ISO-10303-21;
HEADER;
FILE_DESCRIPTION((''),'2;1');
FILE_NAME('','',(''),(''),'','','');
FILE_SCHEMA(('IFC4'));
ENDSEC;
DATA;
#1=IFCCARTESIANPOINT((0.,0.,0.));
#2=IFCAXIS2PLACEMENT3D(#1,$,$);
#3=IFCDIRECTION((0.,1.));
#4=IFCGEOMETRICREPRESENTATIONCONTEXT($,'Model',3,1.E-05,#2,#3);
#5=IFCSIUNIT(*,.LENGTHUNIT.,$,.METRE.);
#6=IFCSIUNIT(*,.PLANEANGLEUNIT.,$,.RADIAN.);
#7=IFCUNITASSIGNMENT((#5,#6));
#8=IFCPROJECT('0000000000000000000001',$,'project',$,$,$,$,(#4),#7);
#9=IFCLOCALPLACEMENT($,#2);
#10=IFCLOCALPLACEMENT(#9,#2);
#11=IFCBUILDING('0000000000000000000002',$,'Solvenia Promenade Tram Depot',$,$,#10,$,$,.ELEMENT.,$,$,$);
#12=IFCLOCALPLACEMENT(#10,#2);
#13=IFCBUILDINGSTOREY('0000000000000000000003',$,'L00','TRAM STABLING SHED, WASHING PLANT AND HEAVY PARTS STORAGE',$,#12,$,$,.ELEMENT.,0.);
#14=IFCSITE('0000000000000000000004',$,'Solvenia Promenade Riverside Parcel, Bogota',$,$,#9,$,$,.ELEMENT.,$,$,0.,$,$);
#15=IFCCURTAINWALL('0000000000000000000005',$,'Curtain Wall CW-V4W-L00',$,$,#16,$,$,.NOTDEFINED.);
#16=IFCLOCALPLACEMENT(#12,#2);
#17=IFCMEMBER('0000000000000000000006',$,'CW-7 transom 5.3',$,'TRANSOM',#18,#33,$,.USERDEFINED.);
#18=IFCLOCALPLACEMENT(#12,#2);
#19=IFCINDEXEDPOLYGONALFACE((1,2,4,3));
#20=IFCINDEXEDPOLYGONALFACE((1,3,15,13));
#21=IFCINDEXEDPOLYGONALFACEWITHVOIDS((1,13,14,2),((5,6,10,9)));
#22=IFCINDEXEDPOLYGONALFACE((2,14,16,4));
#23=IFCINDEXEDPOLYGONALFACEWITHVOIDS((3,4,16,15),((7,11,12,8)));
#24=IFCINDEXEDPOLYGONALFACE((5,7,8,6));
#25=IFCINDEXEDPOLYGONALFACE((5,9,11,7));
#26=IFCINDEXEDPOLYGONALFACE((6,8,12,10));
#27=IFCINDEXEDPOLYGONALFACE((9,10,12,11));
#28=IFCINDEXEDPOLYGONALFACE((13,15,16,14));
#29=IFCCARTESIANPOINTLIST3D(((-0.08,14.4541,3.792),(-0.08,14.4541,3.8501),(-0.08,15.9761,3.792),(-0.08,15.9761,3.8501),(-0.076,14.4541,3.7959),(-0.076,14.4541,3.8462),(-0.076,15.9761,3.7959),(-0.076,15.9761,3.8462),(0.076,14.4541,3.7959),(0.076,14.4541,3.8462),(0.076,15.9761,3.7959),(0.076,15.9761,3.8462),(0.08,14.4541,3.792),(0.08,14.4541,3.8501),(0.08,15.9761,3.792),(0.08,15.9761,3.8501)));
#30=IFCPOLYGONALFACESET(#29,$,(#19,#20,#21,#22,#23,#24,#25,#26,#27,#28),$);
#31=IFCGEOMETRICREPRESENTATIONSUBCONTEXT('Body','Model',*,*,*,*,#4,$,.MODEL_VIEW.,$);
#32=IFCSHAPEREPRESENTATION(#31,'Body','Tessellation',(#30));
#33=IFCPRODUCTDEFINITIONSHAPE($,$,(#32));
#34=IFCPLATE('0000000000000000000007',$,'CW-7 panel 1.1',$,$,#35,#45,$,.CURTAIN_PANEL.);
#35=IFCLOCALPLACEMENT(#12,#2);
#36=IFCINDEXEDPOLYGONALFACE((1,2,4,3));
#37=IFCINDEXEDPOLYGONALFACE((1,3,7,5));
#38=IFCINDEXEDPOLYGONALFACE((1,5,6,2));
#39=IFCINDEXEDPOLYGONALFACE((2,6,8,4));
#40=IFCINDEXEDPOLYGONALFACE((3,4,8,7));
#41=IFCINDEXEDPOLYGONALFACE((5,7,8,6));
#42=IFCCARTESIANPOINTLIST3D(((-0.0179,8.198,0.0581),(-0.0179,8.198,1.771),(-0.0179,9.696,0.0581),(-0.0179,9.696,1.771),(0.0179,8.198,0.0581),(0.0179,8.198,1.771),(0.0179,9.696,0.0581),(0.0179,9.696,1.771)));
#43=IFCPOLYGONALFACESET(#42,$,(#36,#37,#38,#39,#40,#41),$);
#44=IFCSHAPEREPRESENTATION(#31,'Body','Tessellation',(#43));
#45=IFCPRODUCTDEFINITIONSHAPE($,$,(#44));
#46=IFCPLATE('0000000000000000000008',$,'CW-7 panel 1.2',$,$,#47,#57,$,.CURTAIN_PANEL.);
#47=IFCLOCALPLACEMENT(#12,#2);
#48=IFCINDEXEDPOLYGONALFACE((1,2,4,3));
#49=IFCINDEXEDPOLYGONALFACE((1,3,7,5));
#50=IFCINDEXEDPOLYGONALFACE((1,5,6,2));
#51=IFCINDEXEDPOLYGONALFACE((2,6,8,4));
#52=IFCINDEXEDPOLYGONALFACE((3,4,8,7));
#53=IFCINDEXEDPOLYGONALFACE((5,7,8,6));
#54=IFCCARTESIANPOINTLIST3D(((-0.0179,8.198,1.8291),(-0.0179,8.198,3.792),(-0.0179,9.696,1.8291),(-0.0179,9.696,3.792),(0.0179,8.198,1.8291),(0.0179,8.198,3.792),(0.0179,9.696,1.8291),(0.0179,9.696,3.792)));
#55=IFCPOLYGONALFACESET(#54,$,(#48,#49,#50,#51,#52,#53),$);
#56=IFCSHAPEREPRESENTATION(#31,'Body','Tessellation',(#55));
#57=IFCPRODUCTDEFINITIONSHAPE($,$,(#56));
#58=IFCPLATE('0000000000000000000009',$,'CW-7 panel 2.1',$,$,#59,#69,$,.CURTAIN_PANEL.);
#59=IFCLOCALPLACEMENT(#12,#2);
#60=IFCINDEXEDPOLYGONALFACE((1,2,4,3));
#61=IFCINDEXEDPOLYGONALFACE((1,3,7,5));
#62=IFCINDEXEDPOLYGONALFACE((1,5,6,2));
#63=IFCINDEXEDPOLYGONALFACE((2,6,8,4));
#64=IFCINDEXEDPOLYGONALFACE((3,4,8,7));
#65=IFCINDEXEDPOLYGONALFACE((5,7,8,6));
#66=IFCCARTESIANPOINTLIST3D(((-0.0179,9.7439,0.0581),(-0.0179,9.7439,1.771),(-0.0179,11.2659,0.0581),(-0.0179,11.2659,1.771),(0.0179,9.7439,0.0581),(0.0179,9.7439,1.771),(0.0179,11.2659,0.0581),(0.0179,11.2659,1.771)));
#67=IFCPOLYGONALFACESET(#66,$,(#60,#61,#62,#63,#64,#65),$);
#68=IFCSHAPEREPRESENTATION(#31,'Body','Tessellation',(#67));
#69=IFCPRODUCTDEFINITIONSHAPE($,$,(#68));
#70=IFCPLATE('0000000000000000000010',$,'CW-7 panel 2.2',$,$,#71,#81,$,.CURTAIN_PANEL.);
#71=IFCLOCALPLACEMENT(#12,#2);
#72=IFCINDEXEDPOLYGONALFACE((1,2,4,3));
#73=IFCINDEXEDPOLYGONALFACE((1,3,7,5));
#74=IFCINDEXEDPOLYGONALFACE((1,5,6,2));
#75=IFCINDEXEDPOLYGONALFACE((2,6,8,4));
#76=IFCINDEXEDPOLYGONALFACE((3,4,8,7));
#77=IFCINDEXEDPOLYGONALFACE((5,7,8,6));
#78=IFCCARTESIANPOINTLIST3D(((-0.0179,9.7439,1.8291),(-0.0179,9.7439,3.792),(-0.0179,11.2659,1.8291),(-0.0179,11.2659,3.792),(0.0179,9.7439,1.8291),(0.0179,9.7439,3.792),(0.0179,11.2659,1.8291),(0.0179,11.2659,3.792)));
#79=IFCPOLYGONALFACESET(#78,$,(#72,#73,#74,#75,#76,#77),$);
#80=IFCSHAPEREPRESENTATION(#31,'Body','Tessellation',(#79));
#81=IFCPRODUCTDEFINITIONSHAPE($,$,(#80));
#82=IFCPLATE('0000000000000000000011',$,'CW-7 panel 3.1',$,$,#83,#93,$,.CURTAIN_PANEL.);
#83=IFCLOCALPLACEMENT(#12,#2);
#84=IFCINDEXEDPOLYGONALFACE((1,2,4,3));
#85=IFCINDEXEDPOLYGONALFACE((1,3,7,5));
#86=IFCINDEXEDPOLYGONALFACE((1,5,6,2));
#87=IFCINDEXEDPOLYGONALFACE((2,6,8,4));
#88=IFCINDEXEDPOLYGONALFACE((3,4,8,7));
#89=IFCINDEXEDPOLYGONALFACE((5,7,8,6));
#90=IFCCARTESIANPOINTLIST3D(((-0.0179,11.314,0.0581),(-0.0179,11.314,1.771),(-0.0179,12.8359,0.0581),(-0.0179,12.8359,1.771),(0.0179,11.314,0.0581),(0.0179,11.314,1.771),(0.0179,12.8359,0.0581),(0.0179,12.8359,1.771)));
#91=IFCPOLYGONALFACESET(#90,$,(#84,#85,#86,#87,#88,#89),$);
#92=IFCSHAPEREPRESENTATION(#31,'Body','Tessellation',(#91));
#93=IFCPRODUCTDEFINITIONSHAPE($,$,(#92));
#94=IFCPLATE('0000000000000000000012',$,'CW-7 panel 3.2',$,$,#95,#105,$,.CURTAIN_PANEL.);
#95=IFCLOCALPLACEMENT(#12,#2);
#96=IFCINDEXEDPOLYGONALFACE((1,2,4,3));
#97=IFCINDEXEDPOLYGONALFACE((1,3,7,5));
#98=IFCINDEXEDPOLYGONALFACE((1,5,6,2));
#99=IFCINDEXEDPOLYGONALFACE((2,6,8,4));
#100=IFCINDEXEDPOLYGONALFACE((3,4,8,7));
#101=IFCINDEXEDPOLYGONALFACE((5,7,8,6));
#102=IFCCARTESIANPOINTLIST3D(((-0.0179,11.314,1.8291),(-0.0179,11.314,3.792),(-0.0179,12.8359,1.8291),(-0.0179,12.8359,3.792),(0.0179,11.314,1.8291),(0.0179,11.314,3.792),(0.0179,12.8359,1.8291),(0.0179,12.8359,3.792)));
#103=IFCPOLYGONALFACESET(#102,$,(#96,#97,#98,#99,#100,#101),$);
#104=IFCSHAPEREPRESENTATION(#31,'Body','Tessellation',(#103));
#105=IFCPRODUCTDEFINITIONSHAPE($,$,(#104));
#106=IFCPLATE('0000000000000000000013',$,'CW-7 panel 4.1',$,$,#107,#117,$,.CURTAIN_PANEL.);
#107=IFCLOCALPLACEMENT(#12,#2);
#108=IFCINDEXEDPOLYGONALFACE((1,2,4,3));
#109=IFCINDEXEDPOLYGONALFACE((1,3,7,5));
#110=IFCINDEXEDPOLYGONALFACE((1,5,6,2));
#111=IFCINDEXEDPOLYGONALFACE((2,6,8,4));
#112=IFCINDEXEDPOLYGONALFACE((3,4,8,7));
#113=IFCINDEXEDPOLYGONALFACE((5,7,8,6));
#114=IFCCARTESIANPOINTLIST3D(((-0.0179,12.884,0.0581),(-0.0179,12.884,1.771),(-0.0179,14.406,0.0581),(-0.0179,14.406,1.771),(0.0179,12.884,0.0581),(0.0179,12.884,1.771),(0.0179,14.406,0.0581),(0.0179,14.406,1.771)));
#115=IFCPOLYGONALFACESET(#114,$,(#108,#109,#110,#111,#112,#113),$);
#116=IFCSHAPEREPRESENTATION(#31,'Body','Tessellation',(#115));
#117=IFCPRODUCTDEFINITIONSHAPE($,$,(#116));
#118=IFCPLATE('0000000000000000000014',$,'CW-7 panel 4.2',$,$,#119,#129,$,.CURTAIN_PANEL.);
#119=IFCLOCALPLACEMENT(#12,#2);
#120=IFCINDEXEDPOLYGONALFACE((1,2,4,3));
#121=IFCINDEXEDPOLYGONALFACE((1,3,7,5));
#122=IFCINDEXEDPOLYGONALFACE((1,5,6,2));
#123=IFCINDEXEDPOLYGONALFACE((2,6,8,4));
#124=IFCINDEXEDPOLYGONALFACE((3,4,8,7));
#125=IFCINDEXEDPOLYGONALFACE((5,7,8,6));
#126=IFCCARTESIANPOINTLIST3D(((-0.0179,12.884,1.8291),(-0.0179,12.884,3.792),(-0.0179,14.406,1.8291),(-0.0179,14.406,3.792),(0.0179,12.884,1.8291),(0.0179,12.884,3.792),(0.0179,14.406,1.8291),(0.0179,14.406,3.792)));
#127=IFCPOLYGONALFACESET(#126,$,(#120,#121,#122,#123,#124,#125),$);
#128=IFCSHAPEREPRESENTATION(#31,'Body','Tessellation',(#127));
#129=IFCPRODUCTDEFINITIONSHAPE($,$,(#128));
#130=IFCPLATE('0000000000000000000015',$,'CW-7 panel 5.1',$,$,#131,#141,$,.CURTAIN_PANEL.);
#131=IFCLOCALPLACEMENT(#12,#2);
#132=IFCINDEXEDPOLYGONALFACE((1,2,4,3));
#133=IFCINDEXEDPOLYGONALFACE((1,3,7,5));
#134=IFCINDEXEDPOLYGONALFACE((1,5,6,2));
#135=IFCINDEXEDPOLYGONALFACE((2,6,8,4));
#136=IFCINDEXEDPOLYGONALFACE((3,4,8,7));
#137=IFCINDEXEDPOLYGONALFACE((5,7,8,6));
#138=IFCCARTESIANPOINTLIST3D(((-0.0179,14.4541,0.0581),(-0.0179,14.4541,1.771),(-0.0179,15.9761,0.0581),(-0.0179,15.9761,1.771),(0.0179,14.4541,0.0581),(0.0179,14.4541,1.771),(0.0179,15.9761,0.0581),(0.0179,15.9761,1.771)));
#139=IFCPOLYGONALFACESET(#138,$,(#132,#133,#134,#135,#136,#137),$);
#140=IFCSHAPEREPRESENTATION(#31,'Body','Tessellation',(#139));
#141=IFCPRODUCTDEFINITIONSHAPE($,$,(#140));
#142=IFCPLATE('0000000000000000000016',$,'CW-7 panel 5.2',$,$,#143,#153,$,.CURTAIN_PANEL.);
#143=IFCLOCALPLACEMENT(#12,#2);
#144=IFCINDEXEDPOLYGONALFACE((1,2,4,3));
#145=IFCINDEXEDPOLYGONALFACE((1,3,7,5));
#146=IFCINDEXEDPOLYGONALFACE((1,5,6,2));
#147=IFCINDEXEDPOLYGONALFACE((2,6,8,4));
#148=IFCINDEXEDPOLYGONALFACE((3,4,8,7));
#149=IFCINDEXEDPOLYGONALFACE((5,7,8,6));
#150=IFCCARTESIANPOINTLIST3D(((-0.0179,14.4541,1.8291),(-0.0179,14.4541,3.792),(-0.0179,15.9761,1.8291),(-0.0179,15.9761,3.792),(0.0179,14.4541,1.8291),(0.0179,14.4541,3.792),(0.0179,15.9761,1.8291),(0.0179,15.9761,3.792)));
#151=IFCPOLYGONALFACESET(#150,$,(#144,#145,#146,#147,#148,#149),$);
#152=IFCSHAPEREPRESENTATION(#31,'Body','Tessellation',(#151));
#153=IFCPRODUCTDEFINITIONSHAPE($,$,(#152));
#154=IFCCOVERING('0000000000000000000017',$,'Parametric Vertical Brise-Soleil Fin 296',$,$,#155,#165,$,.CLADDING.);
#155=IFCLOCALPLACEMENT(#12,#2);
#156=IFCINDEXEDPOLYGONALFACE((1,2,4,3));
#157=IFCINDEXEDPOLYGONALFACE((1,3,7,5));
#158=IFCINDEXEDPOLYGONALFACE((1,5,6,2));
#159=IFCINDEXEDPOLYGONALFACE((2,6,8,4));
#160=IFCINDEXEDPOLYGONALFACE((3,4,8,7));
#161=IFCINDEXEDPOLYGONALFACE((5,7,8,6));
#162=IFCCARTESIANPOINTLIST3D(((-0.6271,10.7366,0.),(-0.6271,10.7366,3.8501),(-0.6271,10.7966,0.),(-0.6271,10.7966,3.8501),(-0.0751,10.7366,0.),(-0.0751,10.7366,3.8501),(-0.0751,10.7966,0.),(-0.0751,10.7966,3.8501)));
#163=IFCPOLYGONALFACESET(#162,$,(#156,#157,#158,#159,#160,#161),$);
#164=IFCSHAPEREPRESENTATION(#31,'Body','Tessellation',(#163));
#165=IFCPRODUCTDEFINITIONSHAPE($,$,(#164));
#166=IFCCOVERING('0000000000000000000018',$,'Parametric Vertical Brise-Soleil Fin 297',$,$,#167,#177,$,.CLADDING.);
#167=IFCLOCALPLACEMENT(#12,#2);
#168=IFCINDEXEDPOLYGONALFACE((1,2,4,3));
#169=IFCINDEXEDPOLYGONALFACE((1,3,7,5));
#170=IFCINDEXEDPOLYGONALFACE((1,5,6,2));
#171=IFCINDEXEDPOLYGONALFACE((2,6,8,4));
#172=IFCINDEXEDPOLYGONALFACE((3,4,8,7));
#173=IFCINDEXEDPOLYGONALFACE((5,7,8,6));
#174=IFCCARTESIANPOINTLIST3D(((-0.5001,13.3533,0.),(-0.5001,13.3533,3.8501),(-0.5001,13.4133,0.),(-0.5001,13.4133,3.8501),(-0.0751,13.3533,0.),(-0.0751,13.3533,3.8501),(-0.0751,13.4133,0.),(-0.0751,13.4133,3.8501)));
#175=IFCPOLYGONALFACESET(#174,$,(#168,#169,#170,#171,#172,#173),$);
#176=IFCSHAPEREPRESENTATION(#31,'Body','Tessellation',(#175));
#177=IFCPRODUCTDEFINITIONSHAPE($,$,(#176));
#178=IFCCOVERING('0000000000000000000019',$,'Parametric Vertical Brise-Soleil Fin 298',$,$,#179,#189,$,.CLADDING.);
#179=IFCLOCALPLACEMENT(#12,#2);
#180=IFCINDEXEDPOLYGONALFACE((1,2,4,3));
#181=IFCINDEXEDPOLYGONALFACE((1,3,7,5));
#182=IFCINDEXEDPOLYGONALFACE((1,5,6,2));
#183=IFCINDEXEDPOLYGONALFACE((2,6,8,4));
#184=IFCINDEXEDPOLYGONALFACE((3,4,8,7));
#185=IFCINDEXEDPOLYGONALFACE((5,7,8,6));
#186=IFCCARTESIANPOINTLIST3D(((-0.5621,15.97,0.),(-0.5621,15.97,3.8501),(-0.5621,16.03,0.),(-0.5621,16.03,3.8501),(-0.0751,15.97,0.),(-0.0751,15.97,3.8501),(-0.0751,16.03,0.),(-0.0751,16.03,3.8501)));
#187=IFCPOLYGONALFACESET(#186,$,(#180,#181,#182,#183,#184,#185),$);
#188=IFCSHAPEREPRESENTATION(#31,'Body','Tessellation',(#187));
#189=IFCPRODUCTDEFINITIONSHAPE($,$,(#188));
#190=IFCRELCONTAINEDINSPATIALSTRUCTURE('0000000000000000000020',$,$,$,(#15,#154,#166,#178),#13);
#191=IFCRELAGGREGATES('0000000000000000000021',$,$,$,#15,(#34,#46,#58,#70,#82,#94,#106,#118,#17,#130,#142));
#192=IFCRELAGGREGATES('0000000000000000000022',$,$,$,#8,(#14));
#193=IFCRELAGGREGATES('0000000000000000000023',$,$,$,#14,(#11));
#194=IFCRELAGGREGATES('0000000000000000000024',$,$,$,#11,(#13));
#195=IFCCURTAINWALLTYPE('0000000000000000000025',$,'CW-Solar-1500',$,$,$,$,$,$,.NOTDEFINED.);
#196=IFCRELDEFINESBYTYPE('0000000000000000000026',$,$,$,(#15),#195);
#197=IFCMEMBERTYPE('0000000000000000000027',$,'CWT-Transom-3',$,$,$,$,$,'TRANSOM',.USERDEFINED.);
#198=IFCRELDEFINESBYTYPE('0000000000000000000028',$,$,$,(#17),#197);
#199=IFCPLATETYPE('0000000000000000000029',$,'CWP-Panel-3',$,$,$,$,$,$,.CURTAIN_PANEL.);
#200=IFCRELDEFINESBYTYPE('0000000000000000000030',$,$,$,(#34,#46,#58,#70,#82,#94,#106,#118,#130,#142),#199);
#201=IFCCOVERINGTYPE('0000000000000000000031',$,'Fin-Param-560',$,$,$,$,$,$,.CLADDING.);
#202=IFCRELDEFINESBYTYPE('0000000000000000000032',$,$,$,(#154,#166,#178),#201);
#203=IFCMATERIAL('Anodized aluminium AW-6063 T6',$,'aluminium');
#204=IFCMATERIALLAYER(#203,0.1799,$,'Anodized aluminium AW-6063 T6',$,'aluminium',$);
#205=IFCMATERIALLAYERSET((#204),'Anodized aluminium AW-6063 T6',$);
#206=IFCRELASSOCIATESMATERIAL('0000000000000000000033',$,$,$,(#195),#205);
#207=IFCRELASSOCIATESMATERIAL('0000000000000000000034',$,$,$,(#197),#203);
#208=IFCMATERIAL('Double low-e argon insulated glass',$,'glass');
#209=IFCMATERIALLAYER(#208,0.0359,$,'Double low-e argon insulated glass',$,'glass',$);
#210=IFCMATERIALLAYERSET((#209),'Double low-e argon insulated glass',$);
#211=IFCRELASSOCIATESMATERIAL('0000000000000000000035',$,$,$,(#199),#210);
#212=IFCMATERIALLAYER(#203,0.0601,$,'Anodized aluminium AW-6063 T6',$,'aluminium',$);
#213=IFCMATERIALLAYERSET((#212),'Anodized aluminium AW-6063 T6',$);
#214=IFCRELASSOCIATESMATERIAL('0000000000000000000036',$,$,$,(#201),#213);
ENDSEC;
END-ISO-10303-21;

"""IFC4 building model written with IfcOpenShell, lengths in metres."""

from ifc_helpers import new_model, si_unit, direction, frame, origin, origin_2d, place, context, subcontext, project, spatial, rectangle, hollow_rectangle, extrude, material, layer, layer_set, material_profile, profile_set, type_object, element, aggregate, save


model = new_model("IFC4")

# Units and contexts
model_context = context("Model", 3, precision=1e-05, world=origin(), true_north=direction((0.0, 1.0)))
body_context = subcontext(model_context, "Body", "Model", "MODEL_VIEW")
ifc_project = project(units=[si_unit("LENGTHUNIT", "METRE"), si_unit("PLANEANGLEUNIT", "RADIAN")], contexts=[model_context])

# Site, building, storey
site_placement = place(None, origin())
site = spatial("IfcSite", under=ifc_project, at=site_placement, Name="Solvenia Promenade Riverside Parcel, Bogota", CompositionType="ELEMENT", RefElevation=0.0)
building_placement = place(site_placement, origin())
building = spatial("IfcBuilding", under=site, at=building_placement, Name="Solvenia Promenade Tram Depot", CompositionType="ELEMENT")
storey_placement = place(building_placement, origin())
storey = spatial("IfcBuildingStorey", under=building, at=storey_placement, Name="L00", Description="TRAM STABLING SHED, WASHING PLANT AND HEAVY PARTS STORAGE", CompositionType="ELEMENT", Elevation=0.0)

# Curtain wall, member, plates
ifc_material_1 = material(Name="Anodized aluminium AW-6063 T6", Category="aluminium")
ifc_layer_1 = layer(ifc_material_1, 0.1799, Name="Anodized aluminium AW-6063 T6", Category="aluminium")
ifc_layer_set_1 = layer_set([ifc_layer_1], Name="Anodized aluminium AW-6063 T6")
curtain_wall_type = type_object("IfcCurtainWallType", Name="CW-Solar-1500", PredefinedType="NOTDEFINED", material=ifc_layer_set_1)
curtain_wall_placement = place(storey_placement, origin())
curtain_wall = element("IfcCurtainWall", 1, at=curtain_wall_placement, inside=storey, type_object=curtain_wall_type, Name="Curtain Wall CW-V4W-L00", PredefinedType="NOTDEFINED")
ifc_material_profile_1 = material_profile(ifc_material_1, hollow_rectangle(XDim=0.1599, YDim=0.0581, WallThickness=0.0039, at=origin_2d()), Name="ALU-T3", Category="aluminium")
ifc_profile_set_1 = profile_set([ifc_material_profile_1], Name="Anodized aluminium AW-6063 T6")
member_type_1 = type_object("IfcMemberType", Name="CWT-Transom-3", ElementType="TRANSOM", PredefinedType="USERDEFINED", material=ifc_profile_set_1)
member_1_placement = place(storey_placement, frame((0.0, 14.4541, 3.821), z_axis=(0.0, 1.0, 0.0), x_axis=(-1.0, 0.0, 0.0)))
member_1 = element("IfcMember", 2, at=member_1_placement, type_object=member_type_1, Name="CW-7 transom 5.3", ObjectType="TRANSOM", PredefinedType="USERDEFINED", context=body_context, shape_type="SweptSolid", body=[
    extrude(hollow_rectangle(XDim=0.1599, YDim=0.0581, WallThickness=0.0039, at=origin_2d()), origin(), (0.0, 0.0, 1.0), 1.522),
])
ifc_material_2 = material(Name="Double low-e argon insulated glass", Category="glass")
ifc_layer_2 = layer(ifc_material_2, 0.0359, Name="Double low-e argon insulated glass", Category="glass")
ifc_layer_set_2 = layer_set([ifc_layer_2], Name="Double low-e argon insulated glass")
plate_type = type_object("IfcPlateType", Name="CWP-Panel-3", PredefinedType="CURTAIN_PANEL", material=ifc_layer_set_2)
plate_1_placement = place(storey_placement, frame((0.0, 8.947, 0.0581), z_axis=(0.0, 0.0, 1.0), x_axis=(0.0, 1.0, 0.0)))
plate_1 = element("IfcPlate", 3, at=plate_1_placement, type_object=plate_type, Name="CW-7 panel 1.1", PredefinedType="CURTAIN_PANEL", context=body_context, shape_type="SweptSolid", body=[
    extrude(rectangle(XDim=1.498, YDim=0.0359, at=origin_2d()), origin(), (0.0, 0.0, 1.0), 1.7129),
])
plate_2_placement = place(storey_placement, frame((0.0, 8.947, 1.8291), z_axis=(0.0, 0.0, 1.0), x_axis=(0.0, 1.0, 0.0)))
plate_2 = element("IfcPlate", 4, at=plate_2_placement, type_object=plate_type, Name="CW-7 panel 1.2", PredefinedType="CURTAIN_PANEL", context=body_context, shape_type="SweptSolid", body=[
    extrude(rectangle(XDim=1.498, YDim=0.0359, at=origin_2d()), origin(), (0.0, 0.0, 1.0), 1.9629),
])
plate_3_placement = place(storey_placement, frame((0.0, 10.5049, 0.0581), z_axis=(0.0, 0.0, 1.0), x_axis=(0.0, 1.0, 0.0)))
plate_3 = element("IfcPlate", 5, at=plate_3_placement, type_object=plate_type, Name="CW-7 panel 2.1", PredefinedType="CURTAIN_PANEL", context=body_context, shape_type="SweptSolid", body=[
    extrude(rectangle(XDim=1.522, YDim=0.0359, at=origin_2d()), origin(), (0.0, 0.0, 1.0), 1.7129),
])
plate_4_placement = place(storey_placement, frame((0.0, 10.5049, 1.8291), z_axis=(0.0, 0.0, 1.0), x_axis=(0.0, 1.0, 0.0)))
plate_4 = element("IfcPlate", 6, at=plate_4_placement, type_object=plate_type, Name="CW-7 panel 2.2", PredefinedType="CURTAIN_PANEL", context=body_context, shape_type="SweptSolid", body=[
    extrude(rectangle(XDim=1.522, YDim=0.0359, at=origin_2d()), origin(), (0.0, 0.0, 1.0), 1.9629),
])
plate_5_placement = place(storey_placement, frame((0.0, 12.075, 0.0581), z_axis=(0.0, 0.0, 1.0), x_axis=(0.0, 1.0, 0.0)))
plate_5 = element("IfcPlate", 7, at=plate_5_placement, type_object=plate_type, Name="CW-7 panel 3.1", PredefinedType="CURTAIN_PANEL", context=body_context, shape_type="SweptSolid", body=[
    extrude(rectangle(XDim=1.522, YDim=0.0359, at=origin_2d()), origin(), (0.0, 0.0, 1.0), 1.7129),
])
plate_6_placement = place(storey_placement, frame((0.0, 12.075, 1.8291), z_axis=(0.0, 0.0, 1.0), x_axis=(0.0, 1.0, 0.0)))
plate_6 = element("IfcPlate", 8, at=plate_6_placement, type_object=plate_type, Name="CW-7 panel 3.2", PredefinedType="CURTAIN_PANEL", context=body_context, shape_type="SweptSolid", body=[
    extrude(rectangle(XDim=1.522, YDim=0.0359, at=origin_2d()), origin(), (0.0, 0.0, 1.0), 1.9629),
])
plate_7_placement = place(storey_placement, frame((0.0, 13.645, 0.0581), z_axis=(0.0, 0.0, 1.0), x_axis=(0.0, 1.0, 0.0)))
plate_7 = element("IfcPlate", 9, at=plate_7_placement, type_object=plate_type, Name="CW-7 panel 4.1", PredefinedType="CURTAIN_PANEL", context=body_context, shape_type="SweptSolid", body=[
    extrude(rectangle(XDim=1.522, YDim=0.0359, at=origin_2d()), origin(), (0.0, 0.0, 1.0), 1.7129),
])
plate_8_placement = place(storey_placement, frame((0.0, 13.645, 1.8291), z_axis=(0.0, 0.0, 1.0), x_axis=(0.0, 1.0, 0.0)))
plate_8 = element("IfcPlate", 10, at=plate_8_placement, type_object=plate_type, Name="CW-7 panel 4.2", PredefinedType="CURTAIN_PANEL", context=body_context, shape_type="SweptSolid", body=[
    extrude(rectangle(XDim=1.522, YDim=0.0359, at=origin_2d()), origin(), (0.0, 0.0, 1.0), 1.9629),
])
plate_9_placement = place(storey_placement, frame((0.0, 15.2151, 0.0581), z_axis=(0.0, 0.0, 1.0), x_axis=(0.0, 1.0, 0.0)))
plate_9 = element("IfcPlate", 11, at=plate_9_placement, type_object=plate_type, Name="CW-7 panel 5.1", PredefinedType="CURTAIN_PANEL", context=body_context, shape_type="SweptSolid", body=[
    extrude(rectangle(XDim=1.522, YDim=0.0359, at=origin_2d()), origin(), (0.0, 0.0, 1.0), 1.7129),
])
plate_10_placement = place(storey_placement, frame((0.0, 15.2151, 1.8291), z_axis=(0.0, 0.0, 1.0), x_axis=(0.0, 1.0, 0.0)))
plate_10 = element("IfcPlate", 12, at=plate_10_placement, type_object=plate_type, Name="CW-7 panel 5.2", PredefinedType="CURTAIN_PANEL", context=body_context, shape_type="SweptSolid", body=[
    extrude(rectangle(XDim=1.522, YDim=0.0359, at=origin_2d()), origin(), (0.0, 0.0, 1.0), 1.9629),
])
aggregate(curtain_wall, [plate_1, plate_2, plate_3, plate_4, plate_5, plate_6, plate_7, plate_8, member_1, plate_9, plate_10])

# Coverings
ifc_layer_3 = layer(ifc_material_1, 0.0601, Name="Anodized aluminium AW-6063 T6", Category="aluminium")
ifc_layer_set_3 = layer_set([ifc_layer_3], Name="Anodized aluminium AW-6063 T6")
covering_type = type_object("IfcCoveringType", Name="Fin-Param-560", PredefinedType="CLADDING", material=ifc_layer_set_3)
covering_1_placement = place(storey_placement, frame((-0.3511, 10.7666, 0.0), z_axis=(0.0, 0.0, 1.0), x_axis=(0.0, 1.0, 0.0)))
element("IfcCovering", 13, at=covering_1_placement, inside=storey, type_object=covering_type, Name="Parametric Vertical Brise-Soleil Fin 296", PredefinedType="CLADDING", context=body_context, shape_type="SweptSolid", body=[
    extrude(rectangle(XDim=0.0601, YDim=0.552, at=origin_2d()), origin(), (0.0, 0.0, 1.0), 3.8501),
])
covering_2_placement = place(storey_placement, frame((-0.2876, 13.3833, 0.0), z_axis=(0.0, 0.0, 1.0), x_axis=(0.0, 1.0, 0.0)))
element("IfcCovering", 14, at=covering_2_placement, inside=storey, type_object=covering_type, Name="Parametric Vertical Brise-Soleil Fin 297", PredefinedType="CLADDING", context=body_context, shape_type="SweptSolid", body=[
    extrude(rectangle(XDim=0.0601, YDim=0.425, at=origin_2d()), origin(), (0.0, 0.0, 1.0), 3.8501),
])
covering_3_placement = place(storey_placement, frame((-0.3186, 16.0, 0.0), z_axis=(0.0, 0.0, 1.0), x_axis=(0.0, 1.0, 0.0)))
element("IfcCovering", 15, at=covering_3_placement, inside=storey, type_object=covering_type, Name="Parametric Vertical Brise-Soleil Fin 298", PredefinedType="CLADDING", context=body_context, shape_type="SweptSolid", body=[
    extrude(rectangle(XDim=0.0601, YDim=0.4871, at=origin_2d()), origin(), (0.0, 0.0, 1.0), 3.8501),
])

save(model, "model.ifc")
